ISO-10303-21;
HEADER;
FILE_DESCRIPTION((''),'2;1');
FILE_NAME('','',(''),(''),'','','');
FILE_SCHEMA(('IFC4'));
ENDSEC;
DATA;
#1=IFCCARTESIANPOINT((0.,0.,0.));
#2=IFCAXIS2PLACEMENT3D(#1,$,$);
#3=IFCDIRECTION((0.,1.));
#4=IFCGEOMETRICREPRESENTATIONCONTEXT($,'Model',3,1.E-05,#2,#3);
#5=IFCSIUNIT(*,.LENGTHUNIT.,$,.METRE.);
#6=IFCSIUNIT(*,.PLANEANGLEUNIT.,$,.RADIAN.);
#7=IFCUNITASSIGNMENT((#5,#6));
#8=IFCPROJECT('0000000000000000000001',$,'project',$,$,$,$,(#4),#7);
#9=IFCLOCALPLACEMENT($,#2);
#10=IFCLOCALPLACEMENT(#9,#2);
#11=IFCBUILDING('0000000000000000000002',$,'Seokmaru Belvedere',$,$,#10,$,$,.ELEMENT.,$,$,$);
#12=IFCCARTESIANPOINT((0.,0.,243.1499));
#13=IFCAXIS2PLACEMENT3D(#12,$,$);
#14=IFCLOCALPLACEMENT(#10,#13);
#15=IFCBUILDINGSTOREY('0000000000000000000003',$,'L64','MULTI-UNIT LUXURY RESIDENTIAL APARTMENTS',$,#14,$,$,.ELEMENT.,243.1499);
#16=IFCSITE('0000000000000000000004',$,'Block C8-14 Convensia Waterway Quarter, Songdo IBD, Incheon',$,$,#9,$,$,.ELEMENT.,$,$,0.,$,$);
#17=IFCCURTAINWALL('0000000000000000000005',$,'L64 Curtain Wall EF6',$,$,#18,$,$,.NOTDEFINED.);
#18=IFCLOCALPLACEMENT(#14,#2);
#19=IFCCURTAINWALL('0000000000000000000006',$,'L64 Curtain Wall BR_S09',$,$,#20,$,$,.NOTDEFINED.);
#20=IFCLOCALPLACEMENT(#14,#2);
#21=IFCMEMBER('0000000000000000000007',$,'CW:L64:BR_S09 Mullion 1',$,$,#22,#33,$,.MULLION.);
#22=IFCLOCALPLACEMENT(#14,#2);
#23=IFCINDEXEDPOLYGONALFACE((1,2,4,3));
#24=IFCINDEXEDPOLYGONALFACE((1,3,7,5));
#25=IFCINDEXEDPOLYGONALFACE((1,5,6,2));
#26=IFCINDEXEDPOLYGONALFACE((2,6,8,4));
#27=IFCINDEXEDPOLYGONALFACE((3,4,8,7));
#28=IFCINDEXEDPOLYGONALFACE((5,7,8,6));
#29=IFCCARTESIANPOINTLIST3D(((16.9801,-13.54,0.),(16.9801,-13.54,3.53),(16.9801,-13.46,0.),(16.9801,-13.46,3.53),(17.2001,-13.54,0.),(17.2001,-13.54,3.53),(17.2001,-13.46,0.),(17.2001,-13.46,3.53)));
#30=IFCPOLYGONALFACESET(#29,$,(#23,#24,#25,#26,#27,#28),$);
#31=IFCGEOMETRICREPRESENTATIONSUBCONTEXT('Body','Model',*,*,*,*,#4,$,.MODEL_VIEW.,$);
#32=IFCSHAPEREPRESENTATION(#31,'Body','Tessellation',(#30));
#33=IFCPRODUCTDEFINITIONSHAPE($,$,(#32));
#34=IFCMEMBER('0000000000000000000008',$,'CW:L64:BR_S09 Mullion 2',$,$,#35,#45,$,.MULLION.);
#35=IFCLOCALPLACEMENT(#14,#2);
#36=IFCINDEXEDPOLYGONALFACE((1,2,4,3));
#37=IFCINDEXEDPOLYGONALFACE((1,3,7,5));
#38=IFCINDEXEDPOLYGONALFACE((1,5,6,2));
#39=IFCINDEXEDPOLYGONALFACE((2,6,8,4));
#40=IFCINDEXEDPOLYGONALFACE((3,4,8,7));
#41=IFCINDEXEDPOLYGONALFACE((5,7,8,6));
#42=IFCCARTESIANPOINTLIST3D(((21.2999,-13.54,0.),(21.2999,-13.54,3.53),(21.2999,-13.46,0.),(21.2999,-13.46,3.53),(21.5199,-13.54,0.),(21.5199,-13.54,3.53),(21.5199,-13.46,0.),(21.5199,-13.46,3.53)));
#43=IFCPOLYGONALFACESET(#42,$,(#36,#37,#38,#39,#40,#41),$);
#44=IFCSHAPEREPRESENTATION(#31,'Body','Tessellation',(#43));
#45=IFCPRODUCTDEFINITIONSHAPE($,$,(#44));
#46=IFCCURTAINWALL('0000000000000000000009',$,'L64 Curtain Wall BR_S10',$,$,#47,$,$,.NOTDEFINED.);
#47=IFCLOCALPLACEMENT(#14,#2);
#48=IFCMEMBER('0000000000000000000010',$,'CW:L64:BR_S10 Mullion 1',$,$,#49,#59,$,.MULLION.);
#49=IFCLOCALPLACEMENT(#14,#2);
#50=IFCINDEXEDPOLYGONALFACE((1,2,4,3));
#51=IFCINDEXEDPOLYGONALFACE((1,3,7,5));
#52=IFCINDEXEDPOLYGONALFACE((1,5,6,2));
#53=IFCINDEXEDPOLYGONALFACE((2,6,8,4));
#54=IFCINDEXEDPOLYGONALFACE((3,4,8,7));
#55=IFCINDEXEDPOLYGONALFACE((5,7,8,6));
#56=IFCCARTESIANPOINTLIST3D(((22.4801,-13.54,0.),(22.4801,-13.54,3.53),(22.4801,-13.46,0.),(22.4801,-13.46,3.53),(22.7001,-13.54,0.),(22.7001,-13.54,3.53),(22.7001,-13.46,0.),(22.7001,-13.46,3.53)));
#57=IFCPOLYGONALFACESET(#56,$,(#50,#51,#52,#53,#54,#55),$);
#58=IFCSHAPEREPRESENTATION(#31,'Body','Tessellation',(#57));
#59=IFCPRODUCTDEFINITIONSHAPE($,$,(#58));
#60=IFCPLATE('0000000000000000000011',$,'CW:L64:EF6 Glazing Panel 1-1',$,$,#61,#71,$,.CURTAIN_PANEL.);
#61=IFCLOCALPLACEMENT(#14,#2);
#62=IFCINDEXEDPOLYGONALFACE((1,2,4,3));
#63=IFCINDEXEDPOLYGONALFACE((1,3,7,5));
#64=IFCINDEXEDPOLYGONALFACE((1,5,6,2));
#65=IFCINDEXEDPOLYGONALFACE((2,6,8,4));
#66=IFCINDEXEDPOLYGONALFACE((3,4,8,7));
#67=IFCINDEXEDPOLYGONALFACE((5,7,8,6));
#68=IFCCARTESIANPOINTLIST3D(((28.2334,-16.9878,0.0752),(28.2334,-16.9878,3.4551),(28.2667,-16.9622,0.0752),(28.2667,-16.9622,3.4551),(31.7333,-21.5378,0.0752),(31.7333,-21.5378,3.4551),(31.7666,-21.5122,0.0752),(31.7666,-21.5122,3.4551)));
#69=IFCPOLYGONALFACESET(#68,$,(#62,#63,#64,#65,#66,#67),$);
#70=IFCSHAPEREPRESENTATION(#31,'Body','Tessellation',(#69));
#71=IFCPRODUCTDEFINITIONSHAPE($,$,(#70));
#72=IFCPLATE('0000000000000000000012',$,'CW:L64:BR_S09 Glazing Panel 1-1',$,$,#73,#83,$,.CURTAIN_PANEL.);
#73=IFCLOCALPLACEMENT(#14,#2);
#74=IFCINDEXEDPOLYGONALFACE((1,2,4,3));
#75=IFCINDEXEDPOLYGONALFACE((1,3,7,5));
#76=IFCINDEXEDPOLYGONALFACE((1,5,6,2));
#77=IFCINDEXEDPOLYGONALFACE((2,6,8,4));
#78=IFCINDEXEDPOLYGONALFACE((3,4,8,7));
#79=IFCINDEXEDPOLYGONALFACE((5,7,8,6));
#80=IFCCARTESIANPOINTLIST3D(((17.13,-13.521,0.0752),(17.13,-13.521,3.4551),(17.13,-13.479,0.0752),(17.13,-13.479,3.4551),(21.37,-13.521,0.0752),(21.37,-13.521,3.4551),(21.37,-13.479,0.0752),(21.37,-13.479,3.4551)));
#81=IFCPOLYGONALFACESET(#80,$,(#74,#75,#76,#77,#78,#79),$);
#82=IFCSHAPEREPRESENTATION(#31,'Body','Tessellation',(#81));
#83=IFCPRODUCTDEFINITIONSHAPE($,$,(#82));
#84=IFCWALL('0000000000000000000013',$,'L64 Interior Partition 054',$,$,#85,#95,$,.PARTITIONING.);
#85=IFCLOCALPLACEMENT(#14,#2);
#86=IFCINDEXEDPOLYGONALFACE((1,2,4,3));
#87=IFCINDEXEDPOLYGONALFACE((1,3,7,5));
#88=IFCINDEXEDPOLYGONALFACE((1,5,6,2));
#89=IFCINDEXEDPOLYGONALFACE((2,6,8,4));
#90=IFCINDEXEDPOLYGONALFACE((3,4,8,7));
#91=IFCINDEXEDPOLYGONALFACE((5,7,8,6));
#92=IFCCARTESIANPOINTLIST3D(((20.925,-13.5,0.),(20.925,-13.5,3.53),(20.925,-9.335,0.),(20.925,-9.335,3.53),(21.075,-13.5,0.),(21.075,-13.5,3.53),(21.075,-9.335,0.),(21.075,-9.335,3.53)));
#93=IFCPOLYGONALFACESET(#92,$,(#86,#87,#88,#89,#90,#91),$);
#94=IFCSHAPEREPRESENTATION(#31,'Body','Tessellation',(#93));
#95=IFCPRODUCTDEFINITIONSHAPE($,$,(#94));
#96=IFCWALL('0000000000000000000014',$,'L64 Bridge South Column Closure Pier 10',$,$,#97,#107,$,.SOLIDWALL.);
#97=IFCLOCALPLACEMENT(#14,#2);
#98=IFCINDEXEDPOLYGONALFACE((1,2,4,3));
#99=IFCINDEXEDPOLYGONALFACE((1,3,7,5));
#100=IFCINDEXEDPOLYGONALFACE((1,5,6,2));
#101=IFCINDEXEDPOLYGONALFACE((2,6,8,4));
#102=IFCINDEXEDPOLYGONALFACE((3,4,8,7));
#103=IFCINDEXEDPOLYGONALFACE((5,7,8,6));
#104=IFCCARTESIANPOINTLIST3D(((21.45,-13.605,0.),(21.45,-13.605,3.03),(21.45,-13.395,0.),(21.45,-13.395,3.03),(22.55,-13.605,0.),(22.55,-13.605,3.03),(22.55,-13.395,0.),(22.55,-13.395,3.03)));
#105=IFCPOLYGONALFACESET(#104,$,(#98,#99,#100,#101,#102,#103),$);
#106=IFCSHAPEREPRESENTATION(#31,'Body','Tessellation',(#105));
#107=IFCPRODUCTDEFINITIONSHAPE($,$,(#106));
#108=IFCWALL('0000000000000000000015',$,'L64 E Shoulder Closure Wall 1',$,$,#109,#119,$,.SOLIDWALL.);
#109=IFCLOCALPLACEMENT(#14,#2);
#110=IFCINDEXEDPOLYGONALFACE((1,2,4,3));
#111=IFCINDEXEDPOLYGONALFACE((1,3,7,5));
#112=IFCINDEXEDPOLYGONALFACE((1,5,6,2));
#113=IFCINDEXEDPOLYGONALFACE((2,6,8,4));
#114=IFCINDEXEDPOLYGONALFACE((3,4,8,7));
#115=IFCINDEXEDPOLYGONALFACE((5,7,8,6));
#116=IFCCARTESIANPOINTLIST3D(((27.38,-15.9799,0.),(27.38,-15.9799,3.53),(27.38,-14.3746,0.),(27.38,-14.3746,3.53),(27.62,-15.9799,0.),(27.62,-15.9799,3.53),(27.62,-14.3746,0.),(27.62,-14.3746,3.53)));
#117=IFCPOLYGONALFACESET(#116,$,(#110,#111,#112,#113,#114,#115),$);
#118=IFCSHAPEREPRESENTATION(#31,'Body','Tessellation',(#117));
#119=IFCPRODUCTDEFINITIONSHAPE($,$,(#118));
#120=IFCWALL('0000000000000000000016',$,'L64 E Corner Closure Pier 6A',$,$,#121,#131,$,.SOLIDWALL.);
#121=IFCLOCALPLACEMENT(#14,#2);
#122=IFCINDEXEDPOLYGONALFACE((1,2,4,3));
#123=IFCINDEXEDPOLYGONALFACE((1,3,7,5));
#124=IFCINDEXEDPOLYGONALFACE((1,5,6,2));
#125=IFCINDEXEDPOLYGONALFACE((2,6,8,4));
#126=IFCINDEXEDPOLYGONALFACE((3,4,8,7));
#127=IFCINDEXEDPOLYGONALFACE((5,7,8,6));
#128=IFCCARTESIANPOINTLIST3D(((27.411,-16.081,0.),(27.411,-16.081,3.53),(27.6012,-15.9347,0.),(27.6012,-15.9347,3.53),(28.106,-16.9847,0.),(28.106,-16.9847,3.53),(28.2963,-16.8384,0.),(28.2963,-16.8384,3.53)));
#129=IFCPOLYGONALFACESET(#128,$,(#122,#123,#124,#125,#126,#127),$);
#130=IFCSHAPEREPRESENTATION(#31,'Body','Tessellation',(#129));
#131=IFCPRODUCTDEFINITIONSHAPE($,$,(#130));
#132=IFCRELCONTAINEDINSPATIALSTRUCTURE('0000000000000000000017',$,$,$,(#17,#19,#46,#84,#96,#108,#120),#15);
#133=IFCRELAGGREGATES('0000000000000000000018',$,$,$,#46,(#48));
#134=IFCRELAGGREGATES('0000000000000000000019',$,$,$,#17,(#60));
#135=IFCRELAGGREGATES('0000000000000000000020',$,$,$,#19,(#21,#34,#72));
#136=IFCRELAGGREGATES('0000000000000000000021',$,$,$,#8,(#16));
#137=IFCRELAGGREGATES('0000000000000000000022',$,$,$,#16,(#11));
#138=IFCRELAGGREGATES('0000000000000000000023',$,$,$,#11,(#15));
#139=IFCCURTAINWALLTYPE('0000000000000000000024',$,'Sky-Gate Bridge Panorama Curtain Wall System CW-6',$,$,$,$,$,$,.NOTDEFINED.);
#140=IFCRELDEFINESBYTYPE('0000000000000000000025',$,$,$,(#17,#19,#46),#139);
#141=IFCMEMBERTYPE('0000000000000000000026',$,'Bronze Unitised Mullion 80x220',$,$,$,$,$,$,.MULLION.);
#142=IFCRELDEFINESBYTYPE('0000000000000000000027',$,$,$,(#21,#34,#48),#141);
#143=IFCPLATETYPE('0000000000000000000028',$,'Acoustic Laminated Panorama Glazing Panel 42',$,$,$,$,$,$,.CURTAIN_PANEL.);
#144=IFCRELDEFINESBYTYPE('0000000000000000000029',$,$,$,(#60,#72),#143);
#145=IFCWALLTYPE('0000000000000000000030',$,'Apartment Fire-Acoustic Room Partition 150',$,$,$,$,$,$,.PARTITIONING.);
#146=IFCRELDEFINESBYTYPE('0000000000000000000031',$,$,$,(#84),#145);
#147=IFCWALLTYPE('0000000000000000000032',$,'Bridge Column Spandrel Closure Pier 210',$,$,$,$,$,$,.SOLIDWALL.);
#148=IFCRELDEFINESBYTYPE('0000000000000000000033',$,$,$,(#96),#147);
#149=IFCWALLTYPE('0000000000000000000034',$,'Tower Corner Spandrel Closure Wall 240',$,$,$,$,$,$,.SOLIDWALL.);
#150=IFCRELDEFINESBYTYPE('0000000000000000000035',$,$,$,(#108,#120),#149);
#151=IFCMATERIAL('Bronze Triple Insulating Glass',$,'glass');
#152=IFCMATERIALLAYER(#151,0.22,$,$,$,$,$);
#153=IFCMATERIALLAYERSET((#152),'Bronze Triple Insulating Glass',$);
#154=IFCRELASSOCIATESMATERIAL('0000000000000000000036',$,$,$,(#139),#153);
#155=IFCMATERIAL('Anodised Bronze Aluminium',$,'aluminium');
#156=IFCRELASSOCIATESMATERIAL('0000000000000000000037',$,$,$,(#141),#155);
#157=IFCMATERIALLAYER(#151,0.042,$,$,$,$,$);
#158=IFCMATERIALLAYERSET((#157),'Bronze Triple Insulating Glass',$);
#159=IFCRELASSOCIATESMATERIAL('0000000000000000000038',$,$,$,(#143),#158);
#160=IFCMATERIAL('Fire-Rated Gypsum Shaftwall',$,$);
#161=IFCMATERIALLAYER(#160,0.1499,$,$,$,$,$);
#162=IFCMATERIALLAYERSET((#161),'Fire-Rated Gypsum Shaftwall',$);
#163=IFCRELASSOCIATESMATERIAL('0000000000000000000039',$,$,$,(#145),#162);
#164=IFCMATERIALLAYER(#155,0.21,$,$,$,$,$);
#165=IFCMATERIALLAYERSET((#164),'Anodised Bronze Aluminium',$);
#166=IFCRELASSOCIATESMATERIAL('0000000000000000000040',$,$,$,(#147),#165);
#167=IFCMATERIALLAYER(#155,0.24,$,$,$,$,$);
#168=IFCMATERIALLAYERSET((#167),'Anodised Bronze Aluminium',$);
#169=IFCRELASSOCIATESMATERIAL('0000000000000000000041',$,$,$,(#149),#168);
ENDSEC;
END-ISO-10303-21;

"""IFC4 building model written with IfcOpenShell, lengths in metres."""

from ifc_helpers import new_model, si_unit, direction, frame, frame_2d, origin, origin_2d, place, context, subcontext, project, spatial, rectangle, extrude, source, transform, mapped, material, layer, layer_set, material_profile, profile_set, type_object, type_shapes, element, aggregate, save


model = new_model("IFC4")

# Units and contexts
model_context = context("Model", 3, precision=1e-05, world=origin(), true_north=direction((0.0, 1.0)))
body_context = subcontext(model_context, "Body", "Model", "MODEL_VIEW")
ifc_project = project(units=[si_unit("LENGTHUNIT", "METRE"), si_unit("PLANEANGLEUNIT", "RADIAN")], contexts=[model_context])

# Site, building, storey
site_placement = place(None, origin())
site = spatial("IfcSite", under=ifc_project, at=site_placement, Name="Block C8-14 Convensia Waterway Quarter, Songdo IBD, Incheon", CompositionType="ELEMENT", RefElevation=0.0)
building_placement = place(site_placement, origin())
building = spatial("IfcBuilding", under=site, at=building_placement, Name="Seokmaru Belvedere", CompositionType="ELEMENT")
storey_placement = place(building_placement, frame((0.0, 0.0, 243.1499)))
storey = spatial("IfcBuildingStorey", under=building, at=storey_placement, Name="L64", Description="MULTI-UNIT LUXURY RESIDENTIAL APARTMENTS", CompositionType="ELEMENT", Elevation=243.1499)

# Curtain walls
ifc_material_1 = material(Name="Bronze Triple Insulating Glass", Category="glass")
ifc_layer_1 = layer(ifc_material_1, 0.22)
ifc_layer_set_1 = layer_set([ifc_layer_1], Name="Bronze Triple Insulating Glass")
curtain_wall_type = type_object("IfcCurtainWallType", Name="Sky-Gate Bridge Panorama Curtain Wall System CW-6", PredefinedType="NOTDEFINED", material=ifc_layer_set_1)
curtain_wall_1_placement = place(storey_placement, origin())
curtain_wall_1 = element("IfcCurtainWall", 1, at=curtain_wall_1_placement, inside=storey, type_object=curtain_wall_type, Name="L64 Curtain Wall EF6", PredefinedType="NOTDEFINED")
ifc_material_2 = material(Name="Anodised Bronze Aluminium", Category="aluminium")
curtain_wall_2_placement = place(storey_placement, origin())
curtain_wall_2 = element("IfcCurtainWall", 2, at=curtain_wall_2_placement, inside=storey, type_object=curtain_wall_type, Name="L64 Curtain Wall BR_S09", PredefinedType="NOTDEFINED")

# Members
ifc_material_profile_1 = material_profile(ifc_material_2, rectangle(XDim=0.0801, YDim=0.22, at=origin_2d()), Name="CW-M-80x220")
ifc_profile_set_1 = profile_set([ifc_material_profile_1], Name="Anodised Bronze Aluminium")
member_type_1 = type_object("IfcMemberType", Name="Bronze Unitised Mullion 80x220", PredefinedType="MULLION", material=ifc_profile_set_1)
shared_shape_1 = source(origin(), body_context, "Body", "SweptSolid", [
    extrude(rectangle(XDim=0.0801, YDim=0.22, at=origin_2d()), origin(), (0.0, 0.0, 1.0), 3.53),
])
type_shapes(member_type_1, [shared_shape_1])
member_1_placement = place(storey_placement, frame((17.0901, -13.5, 0.0), z_axis=(0.0, 0.0, 1.0), x_axis=(0.0, 1.0, 0.0)))
member_1 = element("IfcMember", 3, at=member_1_placement, type_object=member_type_1, Name="CW:L64:BR_S09 Mullion 1", PredefinedType="MULLION", context=body_context, shape_type="MappedRepresentation", body=[
    mapped(shared_shape_1, transform((0.0, 0.0, 0.0), scale=1.0)),
])
member_2_placement = place(storey_placement, frame((21.4099, -13.5, 0.0), z_axis=(0.0, 0.0, 1.0), x_axis=(0.0, 1.0, 0.0)))
member_2 = element("IfcMember", 4, at=member_2_placement, type_object=member_type_1, Name="CW:L64:BR_S09 Mullion 2", PredefinedType="MULLION", context=body_context, shape_type="MappedRepresentation", body=[
    mapped(shared_shape_1, transform((0.0, 0.0, 0.0), scale=1.0)),
])

# Curtain wall, member
curtain_wall_3_placement = place(storey_placement, origin())
curtain_wall_3 = element("IfcCurtainWall", 5, at=curtain_wall_3_placement, inside=storey, type_object=curtain_wall_type, Name="L64 Curtain Wall BR_S10", PredefinedType="NOTDEFINED")
member_3_placement = place(storey_placement, frame((22.5901, -13.5, 0.0), z_axis=(0.0, 0.0, 1.0), x_axis=(0.0, 1.0, 0.0)))
member_3 = element("IfcMember", 6, at=member_3_placement, type_object=member_type_1, Name="CW:L64:BR_S10 Mullion 1", PredefinedType="MULLION", context=body_context, shape_type="MappedRepresentation", body=[
    mapped(shared_shape_1, transform((0.0, 0.0, 0.0), scale=1.0)),
])
aggregate(curtain_wall_3, [member_3])

# Plates
ifc_layer_2 = layer(ifc_material_1, 0.042)
ifc_layer_set_2 = layer_set([ifc_layer_2], Name="Bronze Triple Insulating Glass")
plate_type = type_object("IfcPlateType", Name="Acoustic Laminated Panorama Glazing Panel 42", PredefinedType="CURTAIN_PANEL", material=ifc_layer_set_2)
shared_shape_2 = source(origin(), body_context, "Body", "SweptSolid", [
    extrude(rectangle(XDim=5.7405, YDim=0.042, at=origin_2d()), origin(), (0.0, 0.0, 1.0), 3.3799),
])
plate_1_placement = place(storey_placement, frame((30.0, -19.25, 0.0752), z_axis=(0.0, 0.0, 1.0), x_axis=(0.609701, -0.792631, 0.0)))
plate_1 = element("IfcPlate", 7, at=plate_1_placement, type_object=plate_type, Name="CW:L64:EF6 Glazing Panel 1-1", PredefinedType="CURTAIN_PANEL", context=body_context, shape_type="MappedRepresentation", body=[
    mapped(shared_shape_2, transform((0.0, 0.0, 0.0), scale=1.0)),
])
aggregate(curtain_wall_1, [plate_1])
shared_shape_3 = source(origin(), body_context, "Body", "SweptSolid", [
    extrude(rectangle(XDim=4.24, YDim=0.042, at=origin_2d()), origin(), (0.0, 0.0, 1.0), 3.3799),
])
type_shapes(plate_type, [shared_shape_2, shared_shape_3])
plate_2_placement = place(storey_placement, frame((19.25, -13.5, 0.0752), z_axis=(0.0, 0.0, 1.0), x_axis=(1.0, 0.0, 0.0)))
plate_2 = element("IfcPlate", 8, at=plate_2_placement, type_object=plate_type, Name="CW:L64:BR_S09 Glazing Panel 1-1", PredefinedType="CURTAIN_PANEL", context=body_context, shape_type="MappedRepresentation", body=[
    mapped(shared_shape_3, transform((0.0, 0.0, 0.0), scale=1.0)),
])
aggregate(curtain_wall_2, [member_1, member_2, plate_2])

# Walls
ifc_material_3 = material(Name="Fire-Rated Gypsum Shaftwall")
ifc_layer_3 = layer(ifc_material_3, 0.1499)
ifc_layer_set_3 = layer_set([ifc_layer_3], Name="Fire-Rated Gypsum Shaftwall")
wall_type_1 = type_object("IfcWallType", Name="Apartment Fire-Acoustic Room Partition 150", PredefinedType="PARTITIONING", material=ifc_layer_set_3)
wall_1_placement = place(storey_placement, frame((21.0, -13.5, 0.0), z_axis=(0.0, 0.0, 1.0), x_axis=(0.0, 1.0, 0.0)))
element("IfcWall", 9, at=wall_1_placement, inside=storey, type_object=wall_type_1, Name="L64 Interior Partition 054", PredefinedType="PARTITIONING", context=body_context, shape_type="SweptSolid", body=[
    extrude(rectangle(XDim=4.165, YDim=0.1499, at=frame_2d((2.0825, 0.0))), origin(), (0.0, 0.0, 1.0), 3.53),
])
ifc_layer_4 = layer(ifc_material_2, 0.21)
ifc_layer_set_4 = layer_set([ifc_layer_4], Name="Anodised Bronze Aluminium")
wall_type_2 = type_object("IfcWallType", Name="Bridge Column Spandrel Closure Pier 210", PredefinedType="SOLIDWALL", material=ifc_layer_set_4)
wall_2_placement = place(storey_placement, frame((21.45, -13.5, 0.0), z_axis=(0.0, 0.0, 1.0), x_axis=(1.0, 0.0, 0.0)))
element("IfcWall", 10, at=wall_2_placement, inside=storey, type_object=wall_type_2, Name="L64 Bridge South Column Closure Pier 10", PredefinedType="SOLIDWALL", context=body_context, shape_type="SweptSolid", body=[
    extrude(rectangle(XDim=1.1001, YDim=0.21, at=frame_2d((0.55, 0.0))), origin(), (0.0, 0.0, 1.0), 3.03),
])
ifc_layer_5 = layer(ifc_material_2, 0.24)
ifc_layer_set_5 = layer_set([ifc_layer_5], Name="Anodised Bronze Aluminium")
wall_type_3 = type_object("IfcWallType", Name="Tower Corner Spandrel Closure Wall 240", PredefinedType="SOLIDWALL", material=ifc_layer_set_5)
wall_3_placement = place(storey_placement, frame((27.5, -15.98, 0.0), z_axis=(0.0, 0.0, 1.0), x_axis=(0.0, 1.0, 0.0)))
element("IfcWall", 11, at=wall_3_placement, inside=storey, type_object=wall_type_3, Name="L64 E Shoulder Closure Wall 1", PredefinedType="SOLIDWALL", context=body_context, shape_type="SweptSolid", body=[
    extrude(rectangle(XDim=1.6052, YDim=0.24, at=frame_2d((0.8027, 0.0))), origin(), (0.0, 0.0, 1.0), 3.53),
])
wall_4_placement = place(storey_placement, frame((27.5061, -16.0078, 0.0), z_axis=(0.0, 0.0, 1.0), x_axis=(0.609618, -0.792696, 0.0)))
element("IfcWall", 12, at=wall_4_placement, inside=storey, type_object=wall_type_3, Name="L64 E Corner Closure Pier 6A", PredefinedType="SOLIDWALL", context=body_context, shape_type="SweptSolid", body=[
    extrude(rectangle(XDim=1.1401, YDim=0.24, at=frame_2d((0.5701, 0.0))), origin(), (0.0, 0.0, 1.0), 3.53),
])

save(model, "model.ifc")
